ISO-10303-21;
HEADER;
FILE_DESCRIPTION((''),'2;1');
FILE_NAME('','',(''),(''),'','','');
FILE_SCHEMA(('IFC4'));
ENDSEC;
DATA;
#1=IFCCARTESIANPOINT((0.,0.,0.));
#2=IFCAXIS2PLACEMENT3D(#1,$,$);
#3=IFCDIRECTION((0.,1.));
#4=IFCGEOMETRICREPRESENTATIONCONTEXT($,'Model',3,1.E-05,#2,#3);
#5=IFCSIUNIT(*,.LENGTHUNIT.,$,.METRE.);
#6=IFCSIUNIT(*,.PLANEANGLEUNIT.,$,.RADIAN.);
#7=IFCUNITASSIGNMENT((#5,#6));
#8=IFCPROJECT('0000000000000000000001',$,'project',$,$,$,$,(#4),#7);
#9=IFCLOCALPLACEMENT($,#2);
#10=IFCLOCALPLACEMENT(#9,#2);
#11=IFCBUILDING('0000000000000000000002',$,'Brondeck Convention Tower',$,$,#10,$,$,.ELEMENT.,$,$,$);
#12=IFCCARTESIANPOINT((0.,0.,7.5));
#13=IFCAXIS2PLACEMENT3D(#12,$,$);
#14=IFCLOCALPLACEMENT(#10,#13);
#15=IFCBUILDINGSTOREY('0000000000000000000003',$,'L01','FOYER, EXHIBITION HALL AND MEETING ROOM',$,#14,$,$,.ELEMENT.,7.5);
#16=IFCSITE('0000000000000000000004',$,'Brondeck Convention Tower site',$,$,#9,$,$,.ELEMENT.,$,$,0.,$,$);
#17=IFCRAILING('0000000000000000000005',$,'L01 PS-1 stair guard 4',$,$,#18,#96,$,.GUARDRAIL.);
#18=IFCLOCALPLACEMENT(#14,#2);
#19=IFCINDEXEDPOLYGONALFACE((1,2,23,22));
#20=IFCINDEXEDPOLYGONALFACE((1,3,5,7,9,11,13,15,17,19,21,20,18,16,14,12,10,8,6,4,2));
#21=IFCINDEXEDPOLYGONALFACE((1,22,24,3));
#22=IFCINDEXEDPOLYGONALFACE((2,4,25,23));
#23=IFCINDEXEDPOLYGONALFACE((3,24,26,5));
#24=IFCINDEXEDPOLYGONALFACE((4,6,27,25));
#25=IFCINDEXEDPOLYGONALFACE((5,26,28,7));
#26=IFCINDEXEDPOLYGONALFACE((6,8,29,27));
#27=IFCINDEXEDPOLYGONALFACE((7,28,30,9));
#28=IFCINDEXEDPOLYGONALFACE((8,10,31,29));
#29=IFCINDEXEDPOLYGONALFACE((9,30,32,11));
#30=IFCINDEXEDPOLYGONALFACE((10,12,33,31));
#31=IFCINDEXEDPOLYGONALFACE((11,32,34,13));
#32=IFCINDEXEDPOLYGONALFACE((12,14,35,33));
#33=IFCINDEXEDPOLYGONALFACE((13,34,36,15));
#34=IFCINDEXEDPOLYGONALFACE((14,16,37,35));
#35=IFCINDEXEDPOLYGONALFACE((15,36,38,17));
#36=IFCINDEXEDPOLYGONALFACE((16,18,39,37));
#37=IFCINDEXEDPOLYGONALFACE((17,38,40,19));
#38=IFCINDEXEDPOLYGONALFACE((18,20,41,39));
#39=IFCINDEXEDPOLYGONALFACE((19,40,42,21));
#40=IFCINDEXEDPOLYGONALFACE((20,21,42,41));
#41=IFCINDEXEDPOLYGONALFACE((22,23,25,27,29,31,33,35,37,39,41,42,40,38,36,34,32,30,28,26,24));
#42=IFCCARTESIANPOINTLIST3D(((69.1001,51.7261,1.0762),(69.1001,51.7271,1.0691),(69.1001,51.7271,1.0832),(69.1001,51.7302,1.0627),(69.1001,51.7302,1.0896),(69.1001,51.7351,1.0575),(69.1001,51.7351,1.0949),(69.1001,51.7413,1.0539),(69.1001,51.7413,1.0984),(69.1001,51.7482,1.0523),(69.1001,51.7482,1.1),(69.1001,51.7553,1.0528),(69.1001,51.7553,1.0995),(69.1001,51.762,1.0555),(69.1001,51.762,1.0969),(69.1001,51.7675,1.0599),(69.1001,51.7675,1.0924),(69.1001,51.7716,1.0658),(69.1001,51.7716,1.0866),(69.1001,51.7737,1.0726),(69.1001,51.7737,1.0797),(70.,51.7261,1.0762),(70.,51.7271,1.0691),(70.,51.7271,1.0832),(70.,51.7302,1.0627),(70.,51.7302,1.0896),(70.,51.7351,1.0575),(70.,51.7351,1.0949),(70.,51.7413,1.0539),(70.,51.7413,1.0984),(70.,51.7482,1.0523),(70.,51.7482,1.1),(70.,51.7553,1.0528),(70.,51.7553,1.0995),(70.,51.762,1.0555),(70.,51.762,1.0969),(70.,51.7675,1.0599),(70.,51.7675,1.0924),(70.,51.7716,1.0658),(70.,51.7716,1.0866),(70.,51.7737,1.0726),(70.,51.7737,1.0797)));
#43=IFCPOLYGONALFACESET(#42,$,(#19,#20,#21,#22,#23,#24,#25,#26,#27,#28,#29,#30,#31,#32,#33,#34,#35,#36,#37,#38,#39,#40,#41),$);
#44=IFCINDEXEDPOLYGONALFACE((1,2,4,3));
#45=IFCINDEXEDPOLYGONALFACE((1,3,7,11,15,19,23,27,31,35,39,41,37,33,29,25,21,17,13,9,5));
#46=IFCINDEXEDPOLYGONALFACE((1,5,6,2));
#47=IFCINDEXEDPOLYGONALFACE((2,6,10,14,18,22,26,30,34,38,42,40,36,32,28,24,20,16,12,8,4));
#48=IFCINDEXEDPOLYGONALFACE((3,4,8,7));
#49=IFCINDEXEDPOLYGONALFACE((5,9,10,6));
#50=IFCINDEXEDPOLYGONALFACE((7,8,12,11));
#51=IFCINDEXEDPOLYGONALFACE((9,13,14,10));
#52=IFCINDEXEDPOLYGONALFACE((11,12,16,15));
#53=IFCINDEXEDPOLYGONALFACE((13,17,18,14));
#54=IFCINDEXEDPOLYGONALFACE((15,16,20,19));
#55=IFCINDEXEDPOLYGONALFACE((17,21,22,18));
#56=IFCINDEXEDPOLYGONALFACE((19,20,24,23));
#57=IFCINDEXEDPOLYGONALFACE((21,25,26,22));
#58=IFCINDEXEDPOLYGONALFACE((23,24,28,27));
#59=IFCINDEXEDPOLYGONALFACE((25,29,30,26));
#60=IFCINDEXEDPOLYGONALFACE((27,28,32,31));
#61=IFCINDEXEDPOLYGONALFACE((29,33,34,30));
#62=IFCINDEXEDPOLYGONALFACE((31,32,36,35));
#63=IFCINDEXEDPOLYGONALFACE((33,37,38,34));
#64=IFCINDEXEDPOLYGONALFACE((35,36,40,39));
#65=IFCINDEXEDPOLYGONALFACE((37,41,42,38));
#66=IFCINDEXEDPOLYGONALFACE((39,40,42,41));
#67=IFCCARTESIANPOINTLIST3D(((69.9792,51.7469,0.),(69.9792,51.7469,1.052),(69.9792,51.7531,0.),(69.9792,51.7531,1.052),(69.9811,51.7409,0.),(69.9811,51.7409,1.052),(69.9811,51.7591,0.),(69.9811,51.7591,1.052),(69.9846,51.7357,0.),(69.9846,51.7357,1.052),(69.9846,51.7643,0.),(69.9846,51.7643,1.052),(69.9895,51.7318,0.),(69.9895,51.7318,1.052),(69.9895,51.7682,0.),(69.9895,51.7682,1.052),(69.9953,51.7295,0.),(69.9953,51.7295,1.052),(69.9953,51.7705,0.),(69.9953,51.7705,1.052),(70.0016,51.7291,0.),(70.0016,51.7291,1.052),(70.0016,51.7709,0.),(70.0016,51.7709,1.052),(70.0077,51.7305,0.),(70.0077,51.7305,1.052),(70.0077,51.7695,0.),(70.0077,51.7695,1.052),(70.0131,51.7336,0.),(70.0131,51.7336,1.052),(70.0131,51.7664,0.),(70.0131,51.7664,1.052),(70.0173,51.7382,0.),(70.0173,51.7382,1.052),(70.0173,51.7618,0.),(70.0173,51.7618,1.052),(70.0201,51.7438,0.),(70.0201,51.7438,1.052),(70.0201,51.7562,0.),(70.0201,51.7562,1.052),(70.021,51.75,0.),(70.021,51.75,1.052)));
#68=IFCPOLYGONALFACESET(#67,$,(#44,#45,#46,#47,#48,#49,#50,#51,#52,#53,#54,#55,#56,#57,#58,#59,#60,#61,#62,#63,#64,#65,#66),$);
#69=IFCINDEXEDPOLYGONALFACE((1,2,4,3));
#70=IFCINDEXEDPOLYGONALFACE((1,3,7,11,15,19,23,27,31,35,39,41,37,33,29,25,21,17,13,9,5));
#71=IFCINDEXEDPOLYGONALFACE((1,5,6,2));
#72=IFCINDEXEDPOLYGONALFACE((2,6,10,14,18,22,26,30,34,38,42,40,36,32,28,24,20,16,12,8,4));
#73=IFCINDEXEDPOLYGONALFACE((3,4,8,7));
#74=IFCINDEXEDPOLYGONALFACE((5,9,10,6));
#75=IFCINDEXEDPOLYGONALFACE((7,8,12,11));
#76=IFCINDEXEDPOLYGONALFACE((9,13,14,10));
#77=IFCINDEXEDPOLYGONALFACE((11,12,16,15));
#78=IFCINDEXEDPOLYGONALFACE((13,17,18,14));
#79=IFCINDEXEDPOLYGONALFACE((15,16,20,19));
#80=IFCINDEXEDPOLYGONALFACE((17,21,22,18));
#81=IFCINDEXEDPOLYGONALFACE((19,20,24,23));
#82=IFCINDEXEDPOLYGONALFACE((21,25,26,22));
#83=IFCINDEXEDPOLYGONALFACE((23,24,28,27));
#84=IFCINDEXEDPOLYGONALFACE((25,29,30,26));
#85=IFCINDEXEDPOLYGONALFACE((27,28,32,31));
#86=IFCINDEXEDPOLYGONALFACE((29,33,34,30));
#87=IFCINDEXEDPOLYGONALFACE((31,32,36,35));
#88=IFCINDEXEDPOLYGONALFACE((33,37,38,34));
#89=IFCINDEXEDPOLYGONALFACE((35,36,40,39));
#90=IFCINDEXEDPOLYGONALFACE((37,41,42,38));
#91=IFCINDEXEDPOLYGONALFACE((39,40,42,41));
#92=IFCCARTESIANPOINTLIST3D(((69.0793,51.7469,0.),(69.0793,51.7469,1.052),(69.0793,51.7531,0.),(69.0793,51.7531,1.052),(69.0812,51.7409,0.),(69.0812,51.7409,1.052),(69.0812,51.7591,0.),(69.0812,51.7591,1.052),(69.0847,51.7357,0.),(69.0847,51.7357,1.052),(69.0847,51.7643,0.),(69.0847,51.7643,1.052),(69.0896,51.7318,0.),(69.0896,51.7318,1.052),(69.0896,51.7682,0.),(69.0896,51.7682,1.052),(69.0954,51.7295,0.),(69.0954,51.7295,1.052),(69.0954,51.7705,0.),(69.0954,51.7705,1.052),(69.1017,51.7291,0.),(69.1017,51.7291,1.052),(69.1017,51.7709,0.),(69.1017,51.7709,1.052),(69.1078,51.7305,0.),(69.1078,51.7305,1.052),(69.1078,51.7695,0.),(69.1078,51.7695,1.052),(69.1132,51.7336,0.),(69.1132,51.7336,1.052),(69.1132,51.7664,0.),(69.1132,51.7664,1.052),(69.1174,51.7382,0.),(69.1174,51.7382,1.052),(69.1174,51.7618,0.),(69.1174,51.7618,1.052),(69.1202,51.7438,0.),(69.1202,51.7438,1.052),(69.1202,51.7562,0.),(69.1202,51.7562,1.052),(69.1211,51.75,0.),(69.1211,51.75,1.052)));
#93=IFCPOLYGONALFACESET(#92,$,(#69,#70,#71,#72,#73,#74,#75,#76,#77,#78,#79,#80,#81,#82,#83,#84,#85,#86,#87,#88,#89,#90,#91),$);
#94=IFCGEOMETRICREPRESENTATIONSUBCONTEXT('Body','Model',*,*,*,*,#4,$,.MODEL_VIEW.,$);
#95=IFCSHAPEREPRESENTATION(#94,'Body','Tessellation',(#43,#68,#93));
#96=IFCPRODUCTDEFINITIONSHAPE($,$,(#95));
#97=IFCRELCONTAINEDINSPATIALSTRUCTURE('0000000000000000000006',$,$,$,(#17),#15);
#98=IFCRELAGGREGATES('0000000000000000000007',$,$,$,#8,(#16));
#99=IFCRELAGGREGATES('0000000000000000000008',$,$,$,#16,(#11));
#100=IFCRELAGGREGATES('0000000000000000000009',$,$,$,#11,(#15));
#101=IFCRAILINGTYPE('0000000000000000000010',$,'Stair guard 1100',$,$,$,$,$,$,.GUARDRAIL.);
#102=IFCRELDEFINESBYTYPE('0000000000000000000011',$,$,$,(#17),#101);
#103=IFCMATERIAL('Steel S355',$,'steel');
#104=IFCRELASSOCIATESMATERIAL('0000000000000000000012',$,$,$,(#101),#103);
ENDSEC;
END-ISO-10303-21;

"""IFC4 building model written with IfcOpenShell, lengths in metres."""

from ifc_helpers import new_model, si_unit, direction, frame, origin, origin_2d, place, context, subcontext, project, spatial, circle, extrude, material, type_object, element, save


model = new_model("IFC4")

# Units and contexts
model_context = context("Model", 3, precision=1e-05, world=origin(), true_north=direction((0.0, 1.0)))
body_context = subcontext(model_context, "Body", "Model", "MODEL_VIEW")
ifc_project = project(units=[si_unit("LENGTHUNIT", "METRE"), si_unit("PLANEANGLEUNIT", "RADIAN")], contexts=[model_context])

# Site, building, storey
site_placement = place(None, origin())
site = spatial("IfcSite", under=ifc_project, at=site_placement, Name="Brondeck Convention Tower site", CompositionType="ELEMENT", RefElevation=0.0)
building_placement = place(site_placement, origin())
building = spatial("IfcBuilding", under=site, at=building_placement, Name="Brondeck Convention Tower", CompositionType="ELEMENT")
storey_placement = place(building_placement, frame((0.0, 0.0, 7.5)))
storey = spatial("IfcBuildingStorey", under=building, at=storey_placement, Name="L01", Description="FOYER, EXHIBITION HALL AND MEETING ROOM", CompositionType="ELEMENT", Elevation=7.5)

# Railing
ifc_material_1 = material(Name="Steel S355", Category="steel")
railing_type_1 = type_object("IfcRailingType", Name="Stair guard 1100", PredefinedType="GUARDRAIL", material=ifc_material_1)
railing_1_placement = place(storey_placement, frame((70.0, 51.75, 0.0)))
element("IfcRailing", 1, at=railing_1_placement, inside=storey, type_object=railing_type_1, Name="L01 PS-1 stair guard 4", PredefinedType="GUARDRAIL", context=body_context, shape_type="SweptSolid", body=[
    extrude(circle(Radius=0.0239, at=origin_2d()), frame((0.0, 0.0, 1.0762), z_axis=(-1.0, 0.0, 0.0), x_axis=(0.0, -1.0, 0.0)), (0.0, 0.0, 1.0), 0.8999),
    extrude(circle(Radius=0.021, at=origin_2d()), origin(), (0.0, 0.0, 1.0), 1.052),
    extrude(circle(Radius=0.021, at=origin_2d()), frame((-0.8999, 0.0, 0.0)), (0.0, 0.0, 1.0), 1.052),
])

save(model, "model.ifc")
